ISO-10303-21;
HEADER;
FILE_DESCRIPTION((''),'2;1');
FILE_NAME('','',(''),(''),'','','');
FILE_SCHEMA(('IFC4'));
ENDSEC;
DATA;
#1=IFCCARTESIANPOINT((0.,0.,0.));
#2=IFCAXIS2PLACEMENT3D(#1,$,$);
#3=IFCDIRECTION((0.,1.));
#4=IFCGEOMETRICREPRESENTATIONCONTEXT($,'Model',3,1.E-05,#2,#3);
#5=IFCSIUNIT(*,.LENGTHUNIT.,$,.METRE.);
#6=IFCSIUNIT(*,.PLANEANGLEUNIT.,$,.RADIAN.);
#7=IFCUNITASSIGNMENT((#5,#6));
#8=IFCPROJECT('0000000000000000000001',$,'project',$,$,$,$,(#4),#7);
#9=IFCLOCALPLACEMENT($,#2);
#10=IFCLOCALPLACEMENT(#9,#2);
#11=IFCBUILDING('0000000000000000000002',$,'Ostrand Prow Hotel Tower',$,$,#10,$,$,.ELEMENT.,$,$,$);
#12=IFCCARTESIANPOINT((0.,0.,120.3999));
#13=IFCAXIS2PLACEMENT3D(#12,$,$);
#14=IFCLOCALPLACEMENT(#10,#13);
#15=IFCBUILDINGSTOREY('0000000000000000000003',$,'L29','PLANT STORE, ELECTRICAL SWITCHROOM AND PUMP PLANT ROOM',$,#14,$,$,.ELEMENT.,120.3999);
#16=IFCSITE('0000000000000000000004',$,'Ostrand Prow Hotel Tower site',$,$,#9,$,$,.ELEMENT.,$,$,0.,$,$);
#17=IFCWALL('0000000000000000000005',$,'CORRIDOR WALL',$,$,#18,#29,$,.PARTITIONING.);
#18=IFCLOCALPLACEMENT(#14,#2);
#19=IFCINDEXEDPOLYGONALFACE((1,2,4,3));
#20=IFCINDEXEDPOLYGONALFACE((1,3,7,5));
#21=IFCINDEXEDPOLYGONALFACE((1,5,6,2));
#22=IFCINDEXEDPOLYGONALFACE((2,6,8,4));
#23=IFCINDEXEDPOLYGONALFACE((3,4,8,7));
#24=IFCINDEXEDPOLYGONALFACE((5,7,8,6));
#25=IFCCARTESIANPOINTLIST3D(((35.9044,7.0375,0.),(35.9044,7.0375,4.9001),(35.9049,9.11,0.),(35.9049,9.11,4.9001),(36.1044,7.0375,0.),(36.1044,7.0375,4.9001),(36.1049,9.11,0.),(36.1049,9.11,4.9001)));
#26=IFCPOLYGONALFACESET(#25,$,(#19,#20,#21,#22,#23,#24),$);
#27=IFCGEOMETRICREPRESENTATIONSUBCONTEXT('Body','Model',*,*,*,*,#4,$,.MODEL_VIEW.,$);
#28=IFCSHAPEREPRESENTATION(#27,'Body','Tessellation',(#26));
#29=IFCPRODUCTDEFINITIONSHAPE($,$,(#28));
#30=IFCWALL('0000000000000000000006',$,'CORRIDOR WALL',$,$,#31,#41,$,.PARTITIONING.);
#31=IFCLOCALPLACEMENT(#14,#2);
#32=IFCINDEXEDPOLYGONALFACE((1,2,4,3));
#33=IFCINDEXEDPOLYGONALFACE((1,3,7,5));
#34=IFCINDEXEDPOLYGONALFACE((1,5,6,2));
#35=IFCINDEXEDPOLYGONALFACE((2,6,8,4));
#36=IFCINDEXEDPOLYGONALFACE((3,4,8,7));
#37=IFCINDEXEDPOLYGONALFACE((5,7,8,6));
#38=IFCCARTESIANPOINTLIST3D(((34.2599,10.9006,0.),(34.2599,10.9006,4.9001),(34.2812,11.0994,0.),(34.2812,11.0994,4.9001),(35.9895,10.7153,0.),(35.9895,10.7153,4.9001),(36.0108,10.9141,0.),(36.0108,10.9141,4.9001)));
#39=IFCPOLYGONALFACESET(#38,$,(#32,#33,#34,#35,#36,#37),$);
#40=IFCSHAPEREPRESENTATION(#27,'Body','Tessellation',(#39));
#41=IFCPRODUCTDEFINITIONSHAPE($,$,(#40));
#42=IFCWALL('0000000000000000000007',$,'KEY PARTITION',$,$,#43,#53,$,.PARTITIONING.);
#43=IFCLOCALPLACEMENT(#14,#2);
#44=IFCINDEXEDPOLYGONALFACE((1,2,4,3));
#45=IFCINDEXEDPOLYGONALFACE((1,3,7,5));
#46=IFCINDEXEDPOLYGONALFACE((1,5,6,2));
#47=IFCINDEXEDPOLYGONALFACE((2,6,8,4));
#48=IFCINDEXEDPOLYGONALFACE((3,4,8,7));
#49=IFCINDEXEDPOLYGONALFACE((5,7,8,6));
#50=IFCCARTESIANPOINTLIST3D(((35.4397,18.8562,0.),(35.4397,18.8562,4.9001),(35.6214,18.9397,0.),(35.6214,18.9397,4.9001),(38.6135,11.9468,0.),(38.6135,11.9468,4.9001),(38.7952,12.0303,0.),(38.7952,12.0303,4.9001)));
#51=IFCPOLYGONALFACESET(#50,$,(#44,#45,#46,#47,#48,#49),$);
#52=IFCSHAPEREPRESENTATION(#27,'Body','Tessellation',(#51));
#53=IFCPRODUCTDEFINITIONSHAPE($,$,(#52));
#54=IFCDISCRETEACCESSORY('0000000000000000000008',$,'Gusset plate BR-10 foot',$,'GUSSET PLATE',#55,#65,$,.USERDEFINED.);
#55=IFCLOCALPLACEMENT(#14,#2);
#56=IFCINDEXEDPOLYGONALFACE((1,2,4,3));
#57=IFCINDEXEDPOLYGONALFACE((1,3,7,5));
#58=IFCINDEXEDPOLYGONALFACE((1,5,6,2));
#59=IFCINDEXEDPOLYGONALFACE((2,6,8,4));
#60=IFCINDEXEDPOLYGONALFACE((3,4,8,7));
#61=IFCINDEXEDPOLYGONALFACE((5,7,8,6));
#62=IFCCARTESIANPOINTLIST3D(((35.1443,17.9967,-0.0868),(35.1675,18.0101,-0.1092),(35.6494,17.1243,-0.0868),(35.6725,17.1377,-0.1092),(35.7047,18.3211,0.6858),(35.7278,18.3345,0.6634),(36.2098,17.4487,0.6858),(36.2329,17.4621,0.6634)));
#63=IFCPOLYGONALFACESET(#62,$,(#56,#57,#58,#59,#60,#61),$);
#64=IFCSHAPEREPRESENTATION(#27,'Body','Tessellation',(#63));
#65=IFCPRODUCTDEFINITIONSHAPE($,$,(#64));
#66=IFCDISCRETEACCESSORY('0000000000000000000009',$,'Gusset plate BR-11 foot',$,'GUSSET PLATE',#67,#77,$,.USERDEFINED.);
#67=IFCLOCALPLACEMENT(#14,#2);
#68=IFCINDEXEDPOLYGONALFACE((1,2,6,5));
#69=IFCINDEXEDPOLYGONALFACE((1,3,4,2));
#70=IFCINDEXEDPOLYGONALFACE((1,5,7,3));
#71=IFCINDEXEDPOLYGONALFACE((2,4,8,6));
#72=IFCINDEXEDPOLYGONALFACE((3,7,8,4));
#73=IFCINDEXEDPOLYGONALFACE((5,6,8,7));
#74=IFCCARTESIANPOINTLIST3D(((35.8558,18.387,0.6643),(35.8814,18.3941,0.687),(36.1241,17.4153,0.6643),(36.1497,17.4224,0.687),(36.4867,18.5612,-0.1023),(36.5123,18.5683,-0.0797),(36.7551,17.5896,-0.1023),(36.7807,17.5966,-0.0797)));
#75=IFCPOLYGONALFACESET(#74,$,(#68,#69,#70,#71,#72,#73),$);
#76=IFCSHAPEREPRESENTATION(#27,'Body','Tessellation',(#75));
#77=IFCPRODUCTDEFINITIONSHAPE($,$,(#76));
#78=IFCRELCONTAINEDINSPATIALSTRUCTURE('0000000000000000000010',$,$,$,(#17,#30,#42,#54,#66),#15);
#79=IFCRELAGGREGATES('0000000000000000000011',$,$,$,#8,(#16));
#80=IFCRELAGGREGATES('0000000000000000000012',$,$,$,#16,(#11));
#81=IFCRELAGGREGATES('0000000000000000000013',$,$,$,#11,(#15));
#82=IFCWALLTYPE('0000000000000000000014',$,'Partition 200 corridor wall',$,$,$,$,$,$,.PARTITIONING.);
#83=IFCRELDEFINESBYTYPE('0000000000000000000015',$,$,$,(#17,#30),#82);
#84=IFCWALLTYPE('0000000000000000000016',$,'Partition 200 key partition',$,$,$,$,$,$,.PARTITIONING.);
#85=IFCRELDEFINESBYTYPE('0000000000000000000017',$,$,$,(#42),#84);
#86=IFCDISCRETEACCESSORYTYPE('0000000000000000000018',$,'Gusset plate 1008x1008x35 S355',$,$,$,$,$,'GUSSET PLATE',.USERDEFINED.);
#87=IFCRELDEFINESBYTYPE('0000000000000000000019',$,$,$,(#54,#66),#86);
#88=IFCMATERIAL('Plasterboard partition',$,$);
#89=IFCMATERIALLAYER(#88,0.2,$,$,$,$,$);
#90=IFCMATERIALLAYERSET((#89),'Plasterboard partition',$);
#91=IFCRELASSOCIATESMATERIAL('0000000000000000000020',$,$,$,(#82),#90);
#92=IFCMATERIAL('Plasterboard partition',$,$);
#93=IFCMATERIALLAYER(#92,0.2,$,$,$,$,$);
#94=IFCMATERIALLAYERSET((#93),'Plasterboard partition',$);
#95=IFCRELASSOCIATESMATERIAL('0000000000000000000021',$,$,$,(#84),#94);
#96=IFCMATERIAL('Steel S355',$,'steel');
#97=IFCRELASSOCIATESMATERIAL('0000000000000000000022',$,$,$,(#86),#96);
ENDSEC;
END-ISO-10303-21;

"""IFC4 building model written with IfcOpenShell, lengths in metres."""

from ifc_helpers import new_model, si_unit, direction, frame, frame_2d, origin, origin_2d, place, context, subcontext, project, spatial, rectangle, extrude, material, layer, layer_set, material_profile, profile_set, type_object, element, save


model = new_model("IFC4")

# Units and contexts
model_context = context("Model", 3, precision=1e-05, world=origin(), true_north=direction((0.0, 1.0)))
body_context = subcontext(model_context, "Body", "Model", "MODEL_VIEW")
ifc_project = project(units=[si_unit("LENGTHUNIT", "METRE"), si_unit("PLANEANGLEUNIT", "RADIAN")], contexts=[model_context])

# Site, building, storey
site_placement = place(None, origin())
site = spatial("IfcSite", under=ifc_project, at=site_placement, Name="Ostrand Prow Hotel Tower site", CompositionType="ELEMENT", RefElevation=0.0)
building_placement = place(site_placement, origin())
building = spatial("IfcBuilding", under=site, at=building_placement, Name="Ostrand Prow Hotel Tower", CompositionType="ELEMENT")
storey_placement = place(building_placement, frame((0.0, 0.0, 120.3999)))
storey = spatial("IfcBuildingStorey", under=building, at=storey_placement, Name="L29", Description="PLANT STORE, ELECTRICAL SWITCHROOM AND PUMP PLANT ROOM", CompositionType="ELEMENT", Elevation=120.3999)

# Shared definitions
ifc_material_1 = material(Name="Plasterboard partition")
ifc_layer_1 = layer(ifc_material_1, 0.2)
ifc_layer_set_1 = layer_set([ifc_layer_1], Name="Plasterboard partition")
wall_type_1 = type_object("IfcWallType", Name="Partition 200 corridor wall", PredefinedType="PARTITIONING", material=ifc_layer_set_1)

# Walls
wall_1_placement = place(storey_placement, frame((36.0044, 7.0376, 0.0), z_axis=(0.0, 0.0, 1.0), x_axis=(0.000236, 1.0, 0.0)))
element("IfcWall", 1, at=wall_1_placement, inside=storey, type_object=wall_type_1, Name="CORRIDOR WALL", PredefinedType="PARTITIONING", context=body_context, shape_type="SweptSolid", body=[
    extrude(rectangle(XDim=2.0725, YDim=0.2, at=frame_2d((1.0361, 0.0))), origin(), (0.0, 0.0, 1.0), 4.9001),
])
wall_2_placement = place(storey_placement, frame((36.0, 10.8147, 0.0), z_axis=(0.0, 0.0, 1.0), x_axis=(-0.994309, 0.106533, 0.0)))
element("IfcWall", 2, at=wall_2_placement, inside=storey, type_object=wall_type_1, Name="CORRIDOR WALL", PredefinedType="PARTITIONING", context=body_context, shape_type="SweptSolid", body=[
    extrude(rectangle(XDim=1.7395, YDim=0.2, at=frame_2d((0.8696, 0.0))), origin(), (0.0, 0.0, 1.0), 4.9001),
])
ifc_material_2 = material(Name="Plasterboard partition")
ifc_layer_2 = layer(ifc_material_2, 0.2)
ifc_layer_set_2 = layer_set([ifc_layer_2], Name="Plasterboard partition")
wall_type_2 = type_object("IfcWallType", Name="Partition 200 key partition", PredefinedType="PARTITIONING", material=ifc_layer_set_2)
wall_3_placement = place(storey_placement, frame((38.7043, 11.9885, 0.0), z_axis=(0.0, 0.0, 1.0), x_axis=(-0.417416, 0.908715, 0.0)))
element("IfcWall", 3, at=wall_3_placement, inside=storey, type_object=wall_type_2, Name="KEY PARTITION", PredefinedType="PARTITIONING", context=body_context, shape_type="SweptSolid", body=[
    extrude(rectangle(XDim=7.6035, YDim=0.2, at=frame_2d((3.8018, 0.0))), origin(), (0.0, 0.0, 1.0), 4.9001),
])

# Discrete accessories
ifc_material_3 = material(Name="Steel S355", Category="steel")
ifc_material_profile_1 = material_profile(ifc_material_3, rectangle(XDim=1.0081, YDim=1.0081, at=origin_2d()), Name="PL 1008x1008x35")
ifc_profile_set_1 = profile_set([ifc_material_profile_1], Name="Steel S355")
discrete_accessory_type = type_object("IfcDiscreteAccessoryType", Name="Gusset plate 1008x1008x35 S355", ElementType="GUSSET PLATE", PredefinedType="USERDEFINED", material=ifc_profile_set_1)
for number, where, z_axis, x_axis, name in (
    (4, (35.7002, 17.7361, 0.2771), (-0.663282, -0.384006, 0.642337), (0.501036, -0.865426, 0.0), "Gusset plate BR-10 foot"),
    (5, (36.3054, 17.9883, 0.281), (0.733084, 0.202471, 0.649303), (-0.266223, 0.963911, 0.0), "Gusset plate BR-11 foot"),
):
    element("IfcDiscreteAccessory", number, at=place(storey_placement, frame(where, z_axis=z_axis, x_axis=x_axis)), inside=storey, type_object=discrete_accessory_type, Name=name, ObjectType="GUSSET PLATE", PredefinedType="USERDEFINED", context=body_context, shape_type="SweptSolid", body=[
        extrude(rectangle(XDim=1.0081, YDim=1.0081, at=origin_2d()), origin(), (0.0, 0.0, 1.0), 0.0349),
    ])

save(model, "model.ifc")
